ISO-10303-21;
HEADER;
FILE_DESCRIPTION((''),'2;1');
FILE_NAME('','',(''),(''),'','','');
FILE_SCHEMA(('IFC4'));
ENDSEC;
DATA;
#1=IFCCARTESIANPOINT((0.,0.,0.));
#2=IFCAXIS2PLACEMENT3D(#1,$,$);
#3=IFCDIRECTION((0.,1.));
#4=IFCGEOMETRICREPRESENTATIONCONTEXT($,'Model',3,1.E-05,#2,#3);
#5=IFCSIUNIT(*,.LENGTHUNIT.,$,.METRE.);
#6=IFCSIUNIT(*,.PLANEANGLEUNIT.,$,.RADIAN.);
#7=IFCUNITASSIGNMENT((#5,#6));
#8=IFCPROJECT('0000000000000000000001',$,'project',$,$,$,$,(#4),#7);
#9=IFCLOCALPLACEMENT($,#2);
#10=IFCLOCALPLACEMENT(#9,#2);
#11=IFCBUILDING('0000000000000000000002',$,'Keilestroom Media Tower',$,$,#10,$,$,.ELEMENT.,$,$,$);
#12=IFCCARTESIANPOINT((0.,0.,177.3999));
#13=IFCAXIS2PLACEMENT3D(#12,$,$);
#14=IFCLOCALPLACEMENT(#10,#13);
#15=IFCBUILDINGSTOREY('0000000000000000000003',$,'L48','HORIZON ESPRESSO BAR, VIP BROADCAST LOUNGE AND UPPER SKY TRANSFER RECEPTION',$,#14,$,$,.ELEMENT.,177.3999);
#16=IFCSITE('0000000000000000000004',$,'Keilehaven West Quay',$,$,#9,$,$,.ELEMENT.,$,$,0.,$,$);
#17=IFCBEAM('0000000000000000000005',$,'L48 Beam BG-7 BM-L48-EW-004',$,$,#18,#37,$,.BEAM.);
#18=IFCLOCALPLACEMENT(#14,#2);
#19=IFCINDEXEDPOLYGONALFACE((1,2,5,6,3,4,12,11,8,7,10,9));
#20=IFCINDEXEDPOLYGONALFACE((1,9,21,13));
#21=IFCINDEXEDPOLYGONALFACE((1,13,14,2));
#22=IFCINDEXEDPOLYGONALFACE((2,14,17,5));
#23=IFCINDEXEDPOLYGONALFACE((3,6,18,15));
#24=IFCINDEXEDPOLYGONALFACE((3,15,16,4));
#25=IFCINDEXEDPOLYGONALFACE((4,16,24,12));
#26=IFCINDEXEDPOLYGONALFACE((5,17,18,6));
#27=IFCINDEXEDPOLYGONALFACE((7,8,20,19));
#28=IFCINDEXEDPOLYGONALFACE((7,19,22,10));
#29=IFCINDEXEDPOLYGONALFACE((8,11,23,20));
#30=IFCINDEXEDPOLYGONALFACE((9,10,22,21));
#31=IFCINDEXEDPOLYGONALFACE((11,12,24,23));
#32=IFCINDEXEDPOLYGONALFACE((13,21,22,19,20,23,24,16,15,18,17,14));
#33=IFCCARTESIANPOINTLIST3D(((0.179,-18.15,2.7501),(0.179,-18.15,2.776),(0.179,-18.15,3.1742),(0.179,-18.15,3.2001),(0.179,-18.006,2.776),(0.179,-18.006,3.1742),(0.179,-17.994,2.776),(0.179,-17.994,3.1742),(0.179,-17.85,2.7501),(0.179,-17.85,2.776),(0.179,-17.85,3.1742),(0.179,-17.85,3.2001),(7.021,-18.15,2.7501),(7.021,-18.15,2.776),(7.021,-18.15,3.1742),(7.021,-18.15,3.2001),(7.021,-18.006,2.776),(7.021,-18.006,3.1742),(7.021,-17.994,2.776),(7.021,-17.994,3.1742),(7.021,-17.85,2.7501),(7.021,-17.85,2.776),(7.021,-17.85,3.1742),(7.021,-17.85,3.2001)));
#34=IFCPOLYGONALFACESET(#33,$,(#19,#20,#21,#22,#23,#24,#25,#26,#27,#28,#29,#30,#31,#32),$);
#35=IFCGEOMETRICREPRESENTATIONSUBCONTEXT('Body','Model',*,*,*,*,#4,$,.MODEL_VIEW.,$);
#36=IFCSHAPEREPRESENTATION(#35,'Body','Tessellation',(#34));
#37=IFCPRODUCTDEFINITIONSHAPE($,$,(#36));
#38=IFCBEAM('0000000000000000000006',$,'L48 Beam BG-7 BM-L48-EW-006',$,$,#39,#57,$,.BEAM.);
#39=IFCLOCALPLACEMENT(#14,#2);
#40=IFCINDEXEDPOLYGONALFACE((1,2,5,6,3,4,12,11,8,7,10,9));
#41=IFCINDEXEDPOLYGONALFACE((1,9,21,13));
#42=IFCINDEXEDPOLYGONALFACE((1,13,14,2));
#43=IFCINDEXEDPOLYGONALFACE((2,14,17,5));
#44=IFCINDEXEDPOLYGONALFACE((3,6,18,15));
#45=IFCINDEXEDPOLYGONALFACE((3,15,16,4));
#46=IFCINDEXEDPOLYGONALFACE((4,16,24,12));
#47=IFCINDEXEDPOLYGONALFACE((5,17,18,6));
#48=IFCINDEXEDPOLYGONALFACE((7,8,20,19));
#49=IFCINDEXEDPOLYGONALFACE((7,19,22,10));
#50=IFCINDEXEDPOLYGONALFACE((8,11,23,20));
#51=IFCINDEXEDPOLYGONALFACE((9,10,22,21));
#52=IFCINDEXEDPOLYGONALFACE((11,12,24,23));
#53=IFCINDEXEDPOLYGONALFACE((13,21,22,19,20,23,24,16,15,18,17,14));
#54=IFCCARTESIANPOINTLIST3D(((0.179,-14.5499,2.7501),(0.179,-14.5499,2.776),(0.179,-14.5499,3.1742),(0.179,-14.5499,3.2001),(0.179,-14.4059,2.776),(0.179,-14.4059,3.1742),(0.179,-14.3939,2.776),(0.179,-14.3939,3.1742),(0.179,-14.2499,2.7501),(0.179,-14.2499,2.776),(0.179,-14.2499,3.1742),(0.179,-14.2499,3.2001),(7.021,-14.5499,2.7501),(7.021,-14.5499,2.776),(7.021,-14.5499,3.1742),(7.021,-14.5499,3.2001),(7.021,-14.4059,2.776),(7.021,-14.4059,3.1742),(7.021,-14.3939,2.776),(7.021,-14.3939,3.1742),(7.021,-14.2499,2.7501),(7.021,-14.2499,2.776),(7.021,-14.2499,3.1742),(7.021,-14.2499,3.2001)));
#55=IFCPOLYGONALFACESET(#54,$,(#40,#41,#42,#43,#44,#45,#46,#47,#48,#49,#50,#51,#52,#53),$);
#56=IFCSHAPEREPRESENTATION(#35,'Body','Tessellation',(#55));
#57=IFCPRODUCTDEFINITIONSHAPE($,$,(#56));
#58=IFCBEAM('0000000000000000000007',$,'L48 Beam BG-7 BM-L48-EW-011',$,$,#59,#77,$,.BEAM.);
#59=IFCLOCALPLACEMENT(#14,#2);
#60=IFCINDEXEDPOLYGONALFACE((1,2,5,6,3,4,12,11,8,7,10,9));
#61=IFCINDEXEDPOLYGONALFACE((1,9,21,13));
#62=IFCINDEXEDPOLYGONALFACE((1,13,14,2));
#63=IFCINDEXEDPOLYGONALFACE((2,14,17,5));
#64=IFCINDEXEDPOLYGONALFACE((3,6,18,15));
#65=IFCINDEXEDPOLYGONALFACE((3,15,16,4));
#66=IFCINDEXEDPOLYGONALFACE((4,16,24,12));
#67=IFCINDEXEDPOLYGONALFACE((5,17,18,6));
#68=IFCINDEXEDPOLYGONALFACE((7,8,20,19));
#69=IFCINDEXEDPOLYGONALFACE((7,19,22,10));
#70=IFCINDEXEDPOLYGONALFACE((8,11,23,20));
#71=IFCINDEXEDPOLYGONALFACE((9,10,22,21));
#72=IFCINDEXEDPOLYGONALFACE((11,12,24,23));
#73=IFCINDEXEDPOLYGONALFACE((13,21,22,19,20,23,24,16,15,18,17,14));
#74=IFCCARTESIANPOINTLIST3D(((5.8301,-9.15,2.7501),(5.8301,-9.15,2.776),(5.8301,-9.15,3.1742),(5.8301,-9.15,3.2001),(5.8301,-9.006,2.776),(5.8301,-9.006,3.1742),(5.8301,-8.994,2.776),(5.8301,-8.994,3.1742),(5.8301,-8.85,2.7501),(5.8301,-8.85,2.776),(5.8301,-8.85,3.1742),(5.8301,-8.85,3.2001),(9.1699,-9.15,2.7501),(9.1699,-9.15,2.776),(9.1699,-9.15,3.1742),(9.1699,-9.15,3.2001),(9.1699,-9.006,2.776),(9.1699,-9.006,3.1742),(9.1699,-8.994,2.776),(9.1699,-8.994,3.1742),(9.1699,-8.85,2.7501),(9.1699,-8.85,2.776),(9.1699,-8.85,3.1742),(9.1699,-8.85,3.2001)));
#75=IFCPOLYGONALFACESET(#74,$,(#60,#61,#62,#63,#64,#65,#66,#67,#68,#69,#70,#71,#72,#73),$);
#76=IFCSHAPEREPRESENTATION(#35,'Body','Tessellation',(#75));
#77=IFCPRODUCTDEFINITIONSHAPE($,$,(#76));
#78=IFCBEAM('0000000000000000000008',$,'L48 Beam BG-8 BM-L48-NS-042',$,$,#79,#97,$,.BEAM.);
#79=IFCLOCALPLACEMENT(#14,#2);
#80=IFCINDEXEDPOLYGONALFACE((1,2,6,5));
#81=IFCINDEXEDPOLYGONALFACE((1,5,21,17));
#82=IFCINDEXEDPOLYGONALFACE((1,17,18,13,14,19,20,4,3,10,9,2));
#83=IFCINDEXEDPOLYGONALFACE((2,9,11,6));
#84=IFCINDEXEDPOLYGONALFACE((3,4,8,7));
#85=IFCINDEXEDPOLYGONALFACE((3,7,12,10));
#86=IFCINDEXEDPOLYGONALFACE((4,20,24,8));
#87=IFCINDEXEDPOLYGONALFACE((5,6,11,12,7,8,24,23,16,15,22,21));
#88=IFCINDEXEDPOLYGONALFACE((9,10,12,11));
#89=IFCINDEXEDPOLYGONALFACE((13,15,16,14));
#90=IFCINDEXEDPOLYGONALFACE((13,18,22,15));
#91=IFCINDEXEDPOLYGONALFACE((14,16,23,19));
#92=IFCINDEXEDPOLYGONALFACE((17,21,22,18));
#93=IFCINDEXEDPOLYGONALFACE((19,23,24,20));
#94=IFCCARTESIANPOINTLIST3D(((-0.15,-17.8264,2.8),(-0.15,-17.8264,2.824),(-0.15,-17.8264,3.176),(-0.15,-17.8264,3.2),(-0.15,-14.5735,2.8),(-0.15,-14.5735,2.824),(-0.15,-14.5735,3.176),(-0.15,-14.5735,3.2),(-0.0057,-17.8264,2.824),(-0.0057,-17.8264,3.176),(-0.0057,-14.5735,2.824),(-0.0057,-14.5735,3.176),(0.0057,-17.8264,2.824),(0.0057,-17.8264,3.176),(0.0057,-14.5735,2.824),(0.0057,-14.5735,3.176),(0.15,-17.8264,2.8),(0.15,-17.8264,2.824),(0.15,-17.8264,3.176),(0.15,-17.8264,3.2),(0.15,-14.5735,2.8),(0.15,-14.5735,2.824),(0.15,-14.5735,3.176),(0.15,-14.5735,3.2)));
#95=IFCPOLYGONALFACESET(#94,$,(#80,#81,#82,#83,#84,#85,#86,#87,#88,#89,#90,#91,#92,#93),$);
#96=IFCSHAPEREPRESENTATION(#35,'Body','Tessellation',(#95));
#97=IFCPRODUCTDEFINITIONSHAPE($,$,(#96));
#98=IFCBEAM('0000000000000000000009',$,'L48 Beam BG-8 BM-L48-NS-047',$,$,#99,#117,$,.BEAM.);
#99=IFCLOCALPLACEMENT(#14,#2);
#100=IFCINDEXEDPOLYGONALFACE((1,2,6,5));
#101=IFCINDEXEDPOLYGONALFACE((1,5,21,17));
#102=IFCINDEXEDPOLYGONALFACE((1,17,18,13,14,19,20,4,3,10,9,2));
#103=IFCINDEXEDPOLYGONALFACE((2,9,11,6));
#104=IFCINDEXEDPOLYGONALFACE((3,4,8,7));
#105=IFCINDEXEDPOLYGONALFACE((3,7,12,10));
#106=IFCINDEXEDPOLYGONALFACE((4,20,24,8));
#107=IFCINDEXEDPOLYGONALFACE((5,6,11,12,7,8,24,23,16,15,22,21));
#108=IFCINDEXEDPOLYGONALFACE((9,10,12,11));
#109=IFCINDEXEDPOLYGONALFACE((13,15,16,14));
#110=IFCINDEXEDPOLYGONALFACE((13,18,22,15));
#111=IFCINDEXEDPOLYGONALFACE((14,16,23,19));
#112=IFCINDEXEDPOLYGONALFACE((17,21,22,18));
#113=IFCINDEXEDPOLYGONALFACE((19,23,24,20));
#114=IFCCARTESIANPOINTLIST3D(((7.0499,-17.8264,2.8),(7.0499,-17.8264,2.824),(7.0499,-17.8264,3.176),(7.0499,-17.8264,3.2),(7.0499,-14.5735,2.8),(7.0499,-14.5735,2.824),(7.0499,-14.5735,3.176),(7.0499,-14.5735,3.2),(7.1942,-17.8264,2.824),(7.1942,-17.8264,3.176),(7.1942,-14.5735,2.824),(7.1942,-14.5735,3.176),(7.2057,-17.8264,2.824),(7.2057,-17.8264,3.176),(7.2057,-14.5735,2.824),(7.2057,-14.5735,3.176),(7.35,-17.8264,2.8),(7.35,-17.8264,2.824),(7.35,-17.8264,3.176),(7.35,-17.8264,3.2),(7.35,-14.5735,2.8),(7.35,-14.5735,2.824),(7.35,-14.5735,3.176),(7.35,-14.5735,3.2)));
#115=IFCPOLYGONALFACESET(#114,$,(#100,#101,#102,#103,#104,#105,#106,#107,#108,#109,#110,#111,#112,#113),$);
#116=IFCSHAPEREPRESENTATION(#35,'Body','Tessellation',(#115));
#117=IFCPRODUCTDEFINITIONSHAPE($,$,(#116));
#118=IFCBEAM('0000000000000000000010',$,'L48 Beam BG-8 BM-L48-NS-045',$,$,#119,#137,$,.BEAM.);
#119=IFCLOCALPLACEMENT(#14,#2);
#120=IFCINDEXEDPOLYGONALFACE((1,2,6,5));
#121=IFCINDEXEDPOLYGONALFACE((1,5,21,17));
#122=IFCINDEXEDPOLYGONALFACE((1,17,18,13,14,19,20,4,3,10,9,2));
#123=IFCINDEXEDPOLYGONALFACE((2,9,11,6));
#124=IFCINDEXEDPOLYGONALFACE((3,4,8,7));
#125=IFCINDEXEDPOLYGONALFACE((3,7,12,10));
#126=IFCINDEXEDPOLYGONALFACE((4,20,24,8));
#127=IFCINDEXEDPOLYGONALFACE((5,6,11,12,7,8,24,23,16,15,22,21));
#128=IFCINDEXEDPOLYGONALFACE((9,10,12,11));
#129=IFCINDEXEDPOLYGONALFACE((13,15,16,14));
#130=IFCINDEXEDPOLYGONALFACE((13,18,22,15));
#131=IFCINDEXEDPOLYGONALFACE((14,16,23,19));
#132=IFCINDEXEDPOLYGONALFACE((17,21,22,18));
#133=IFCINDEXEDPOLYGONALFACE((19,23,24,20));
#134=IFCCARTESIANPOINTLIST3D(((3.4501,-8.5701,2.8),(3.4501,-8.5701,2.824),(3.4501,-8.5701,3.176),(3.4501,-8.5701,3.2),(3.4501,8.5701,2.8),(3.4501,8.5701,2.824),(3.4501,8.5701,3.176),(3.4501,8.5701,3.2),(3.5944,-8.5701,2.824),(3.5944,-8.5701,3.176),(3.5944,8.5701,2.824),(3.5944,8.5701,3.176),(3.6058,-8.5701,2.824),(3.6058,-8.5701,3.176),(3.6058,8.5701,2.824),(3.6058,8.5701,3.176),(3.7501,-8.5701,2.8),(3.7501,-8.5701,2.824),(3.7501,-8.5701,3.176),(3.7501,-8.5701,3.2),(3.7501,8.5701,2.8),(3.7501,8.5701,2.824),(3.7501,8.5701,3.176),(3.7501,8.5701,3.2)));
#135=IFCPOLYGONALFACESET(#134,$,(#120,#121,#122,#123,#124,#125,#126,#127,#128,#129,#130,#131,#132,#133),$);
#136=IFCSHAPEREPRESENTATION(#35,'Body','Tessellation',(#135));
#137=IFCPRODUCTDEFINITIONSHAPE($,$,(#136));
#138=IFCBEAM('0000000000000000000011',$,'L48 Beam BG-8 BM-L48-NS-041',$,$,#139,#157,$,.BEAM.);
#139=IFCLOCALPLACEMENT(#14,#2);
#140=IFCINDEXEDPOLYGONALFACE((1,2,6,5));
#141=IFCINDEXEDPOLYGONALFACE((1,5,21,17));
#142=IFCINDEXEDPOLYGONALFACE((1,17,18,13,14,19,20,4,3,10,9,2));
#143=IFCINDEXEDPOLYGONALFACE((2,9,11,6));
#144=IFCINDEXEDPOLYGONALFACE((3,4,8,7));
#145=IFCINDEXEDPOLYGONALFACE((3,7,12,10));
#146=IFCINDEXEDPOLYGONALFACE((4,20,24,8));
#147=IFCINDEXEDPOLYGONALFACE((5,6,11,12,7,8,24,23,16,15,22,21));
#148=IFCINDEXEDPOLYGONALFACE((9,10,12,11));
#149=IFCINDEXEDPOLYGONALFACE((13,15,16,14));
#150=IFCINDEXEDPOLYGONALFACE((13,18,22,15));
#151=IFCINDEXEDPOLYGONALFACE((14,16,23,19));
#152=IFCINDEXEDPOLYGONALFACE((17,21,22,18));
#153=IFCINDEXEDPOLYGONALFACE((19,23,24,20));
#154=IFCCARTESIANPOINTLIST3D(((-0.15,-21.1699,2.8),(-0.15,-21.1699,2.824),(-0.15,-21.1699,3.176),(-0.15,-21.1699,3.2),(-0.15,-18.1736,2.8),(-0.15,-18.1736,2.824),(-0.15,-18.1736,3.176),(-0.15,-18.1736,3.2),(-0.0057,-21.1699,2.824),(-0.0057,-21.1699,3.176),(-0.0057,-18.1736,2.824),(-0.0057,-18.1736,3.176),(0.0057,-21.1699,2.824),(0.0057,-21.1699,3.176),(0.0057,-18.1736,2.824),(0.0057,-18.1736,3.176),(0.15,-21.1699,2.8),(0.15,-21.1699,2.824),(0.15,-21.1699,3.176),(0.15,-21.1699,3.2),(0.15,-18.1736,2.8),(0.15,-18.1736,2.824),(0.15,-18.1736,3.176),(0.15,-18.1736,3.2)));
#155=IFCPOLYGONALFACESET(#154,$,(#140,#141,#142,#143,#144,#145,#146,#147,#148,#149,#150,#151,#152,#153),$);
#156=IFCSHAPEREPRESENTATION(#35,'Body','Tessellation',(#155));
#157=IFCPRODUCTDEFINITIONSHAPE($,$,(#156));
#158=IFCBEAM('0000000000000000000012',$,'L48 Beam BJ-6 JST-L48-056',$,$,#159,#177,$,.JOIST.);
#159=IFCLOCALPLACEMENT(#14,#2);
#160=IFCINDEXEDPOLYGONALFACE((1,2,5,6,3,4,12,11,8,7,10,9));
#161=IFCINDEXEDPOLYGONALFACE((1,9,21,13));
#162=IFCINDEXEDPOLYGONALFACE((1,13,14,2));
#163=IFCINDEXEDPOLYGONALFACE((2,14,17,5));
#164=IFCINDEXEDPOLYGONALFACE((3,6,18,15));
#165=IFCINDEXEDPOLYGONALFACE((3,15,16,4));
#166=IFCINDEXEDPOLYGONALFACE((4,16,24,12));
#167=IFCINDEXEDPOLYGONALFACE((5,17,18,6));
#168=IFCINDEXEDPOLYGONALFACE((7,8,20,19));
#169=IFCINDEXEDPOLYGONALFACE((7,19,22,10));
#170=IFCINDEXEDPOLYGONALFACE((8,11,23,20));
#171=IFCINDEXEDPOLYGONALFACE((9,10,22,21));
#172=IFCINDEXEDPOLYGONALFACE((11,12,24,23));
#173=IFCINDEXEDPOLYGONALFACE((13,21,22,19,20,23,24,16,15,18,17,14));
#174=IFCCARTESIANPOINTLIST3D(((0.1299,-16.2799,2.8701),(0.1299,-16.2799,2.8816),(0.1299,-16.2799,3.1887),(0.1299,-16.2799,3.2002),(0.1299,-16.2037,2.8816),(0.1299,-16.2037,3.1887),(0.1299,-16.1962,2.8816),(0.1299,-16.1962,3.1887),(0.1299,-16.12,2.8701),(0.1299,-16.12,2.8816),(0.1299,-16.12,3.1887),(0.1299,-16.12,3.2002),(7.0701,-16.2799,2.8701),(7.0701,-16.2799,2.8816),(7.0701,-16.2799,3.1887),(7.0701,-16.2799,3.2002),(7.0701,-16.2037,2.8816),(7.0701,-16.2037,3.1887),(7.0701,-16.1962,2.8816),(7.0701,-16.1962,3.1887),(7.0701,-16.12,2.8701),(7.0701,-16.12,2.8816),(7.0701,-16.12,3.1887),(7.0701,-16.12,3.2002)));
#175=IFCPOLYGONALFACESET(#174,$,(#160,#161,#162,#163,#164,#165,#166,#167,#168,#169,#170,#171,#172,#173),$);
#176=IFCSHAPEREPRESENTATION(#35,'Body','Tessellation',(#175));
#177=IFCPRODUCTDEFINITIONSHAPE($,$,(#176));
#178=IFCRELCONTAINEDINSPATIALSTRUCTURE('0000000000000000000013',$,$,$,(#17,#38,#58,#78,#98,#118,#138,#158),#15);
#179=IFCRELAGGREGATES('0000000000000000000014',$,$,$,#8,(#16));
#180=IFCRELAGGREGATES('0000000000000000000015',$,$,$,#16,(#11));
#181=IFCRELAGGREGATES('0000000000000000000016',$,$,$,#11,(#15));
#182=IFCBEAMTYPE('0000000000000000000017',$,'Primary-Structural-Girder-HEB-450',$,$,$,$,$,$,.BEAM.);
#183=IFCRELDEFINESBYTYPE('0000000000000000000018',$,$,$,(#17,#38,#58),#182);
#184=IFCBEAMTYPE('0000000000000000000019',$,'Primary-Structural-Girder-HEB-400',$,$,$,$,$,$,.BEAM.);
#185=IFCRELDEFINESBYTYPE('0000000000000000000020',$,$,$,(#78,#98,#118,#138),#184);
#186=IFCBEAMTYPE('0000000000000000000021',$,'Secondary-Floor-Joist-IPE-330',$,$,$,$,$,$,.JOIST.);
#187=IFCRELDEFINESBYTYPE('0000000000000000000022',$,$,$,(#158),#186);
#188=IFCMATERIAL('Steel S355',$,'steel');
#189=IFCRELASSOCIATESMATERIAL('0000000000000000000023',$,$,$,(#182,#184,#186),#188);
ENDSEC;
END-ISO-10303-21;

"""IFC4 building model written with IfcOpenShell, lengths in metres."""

from ifc_helpers import new_model, si_unit, direction, frame, origin, origin_2d, place, context, subcontext, project, spatial, i_section, extrude, source, transform, mapped, material, material_profile, profile_set, type_object, element, save


model = new_model("IFC4")

# Units and contexts
model_context = context("Model", 3, precision=1e-05, world=origin(), true_north=direction((0.0, 1.0)))
body_context = subcontext(model_context, "Body", "Model", "MODEL_VIEW")
ifc_project = project(units=[si_unit("LENGTHUNIT", "METRE"), si_unit("PLANEANGLEUNIT", "RADIAN")], contexts=[model_context])

# Site, building, storey
site_placement = place(None, origin())
site = spatial("IfcSite", under=ifc_project, at=site_placement, Name="Keilehaven West Quay", CompositionType="ELEMENT", RefElevation=0.0)
building_placement = place(site_placement, origin())
building = spatial("IfcBuilding", under=site, at=building_placement, Name="Keilestroom Media Tower", CompositionType="ELEMENT")
storey_placement = place(building_placement, frame((0.0, 0.0, 177.3999)))
storey = spatial("IfcBuildingStorey", under=building, at=storey_placement, Name="L48", Description="HORIZON ESPRESSO BAR, VIP BROADCAST LOUNGE AND UPPER SKY TRANSFER RECEPTION", CompositionType="ELEMENT", Elevation=177.3999)

# Shared definitions
ifc_material_1 = material(Name="Steel S355", Category="steel")

# Beams
ifc_material_profile_1 = material_profile(ifc_material_1, i_section(OverallWidth=0.3, OverallDepth=0.45, WebThickness=0.012, FlangeThickness=0.0259, at=origin_2d()), Name="HEB 450")
ifc_profile_set_1 = profile_set([ifc_material_profile_1], Name="Steel S355")
beam_type_1 = type_object("IfcBeamType", Name="Primary-Structural-Girder-HEB-450", PredefinedType="BEAM", material=ifc_profile_set_1)
shared_shape_1 = source(origin(), body_context, "Body", "SweptSolid", [
    extrude(i_section(OverallWidth=0.3, OverallDepth=0.45, WebThickness=0.012, FlangeThickness=0.0259, at=origin_2d()), origin(), (0.0, 0.0, 1.0), 6.842),
])
for number, where, z_axis, x_axis, name in (
    (1, (0.179, -18.0, 2.9751), (1.0, 0.0, 0.0), (0.0, 1.0, 0.0), "L48 Beam BG-7 BM-L48-EW-004"),
    (2, (0.179, -14.3999, 2.9751), (1.0, 0.0, 0.0), (0.0, 1.0, 0.0), "L48 Beam BG-7 BM-L48-EW-006"),
):
    element("IfcBeam", number, at=place(storey_placement, frame(where, z_axis=z_axis, x_axis=x_axis)), inside=storey, type_object=beam_type_1, Name=name, PredefinedType="BEAM", context=body_context, shape_type="MappedRepresentation", body=[
        mapped(shared_shape_1, transform((0.0, 0.0, 0.0), x_axis=(1.0, 0.0, 0.0), y_axis=(0.0, 1.0, 0.0), z_axis=(0.0, 0.0, 1.0), scale=1.0)),
    ])
shared_shape_2 = source(origin(), body_context, "Body", "SweptSolid", [
    extrude(i_section(OverallWidth=0.3, OverallDepth=0.45, WebThickness=0.012, FlangeThickness=0.0259, at=origin_2d()), origin(), (0.0, 0.0, 1.0), 3.3398),
])
beam_1_placement = place(storey_placement, frame((5.8301, -9.0, 2.9751), z_axis=(1.0, 0.0, 0.0), x_axis=(0.0, 1.0, 0.0)))
element("IfcBeam", 3, at=beam_1_placement, inside=storey, type_object=beam_type_1, Name="L48 Beam BG-7 BM-L48-EW-011", PredefinedType="BEAM", context=body_context, shape_type="MappedRepresentation", body=[
    mapped(shared_shape_2, transform((0.0, 0.0, 0.0), x_axis=(1.0, 0.0, 0.0), y_axis=(0.0, 1.0, 0.0), z_axis=(0.0, 0.0, 1.0), scale=1.0)),
])
ifc_material_profile_2 = material_profile(ifc_material_1, i_section(OverallWidth=0.3, OverallDepth=0.3999, WebThickness=0.0115, FlangeThickness=0.0239, at=origin_2d()), Name="HEB 400")
ifc_profile_set_2 = profile_set([ifc_material_profile_2], Name="Steel S355")
beam_type_2 = type_object("IfcBeamType", Name="Primary-Structural-Girder-HEB-400", PredefinedType="BEAM", material=ifc_profile_set_2)
shared_shape_3 = source(origin(), body_context, "Body", "SweptSolid", [
    extrude(i_section(OverallWidth=0.3, OverallDepth=0.3999, WebThickness=0.0115, FlangeThickness=0.0239, at=origin_2d()), origin(), (0.0, 0.0, 1.0), 3.2529),
])
for number, where, z_axis, x_axis, name in (
    (4, (0.0, -17.8264, 3.0), (0.0, 1.0, 0.0), (-1.0, 0.0, 0.0), "L48 Beam BG-8 BM-L48-NS-042"),
    (5, (7.2, -17.8264, 3.0), (0.0, 1.0, 0.0), (-1.0, 0.0, 0.0), "L48 Beam BG-8 BM-L48-NS-047"),
):
    element("IfcBeam", number, at=place(storey_placement, frame(where, z_axis=z_axis, x_axis=x_axis)), inside=storey, type_object=beam_type_2, Name=name, PredefinedType="BEAM", context=body_context, shape_type="MappedRepresentation", body=[
        mapped(shared_shape_3, transform((0.0, 0.0, 0.0), x_axis=(1.0, 0.0, 0.0), y_axis=(0.0, 1.0, 0.0), z_axis=(0.0, 0.0, 1.0), scale=1.0)),
    ])
shared_shape_4 = source(origin(), body_context, "Body", "SweptSolid", [
    extrude(i_section(OverallWidth=0.3, OverallDepth=0.3999, WebThickness=0.0115, FlangeThickness=0.0239, at=origin_2d()), origin(), (0.0, 0.0, 1.0), 17.1401),
])
beam_2_placement = place(storey_placement, frame((3.6001, -8.5701, 3.0), z_axis=(0.0, 1.0, 0.0), x_axis=(-1.0, 0.0, 0.0)))
element("IfcBeam", 6, at=beam_2_placement, inside=storey, type_object=beam_type_2, Name="L48 Beam BG-8 BM-L48-NS-045", PredefinedType="BEAM", context=body_context, shape_type="MappedRepresentation", body=[
    mapped(shared_shape_4, transform((0.0, 0.0, 0.0), x_axis=(1.0, 0.0, 0.0), y_axis=(0.0, 1.0, 0.0), z_axis=(0.0, 0.0, 1.0), scale=1.0)),
])
shared_shape_5 = source(origin(), body_context, "Body", "SweptSolid", [
    extrude(i_section(OverallWidth=0.3, OverallDepth=0.3999, WebThickness=0.0115, FlangeThickness=0.0239, at=origin_2d()), origin(), (0.0, 0.0, 1.0), 2.9963),
])
beam_3_placement = place(storey_placement, frame((0.0, -21.1699, 3.0), z_axis=(0.0, 1.0, 0.0), x_axis=(-1.0, 0.0, 0.0)))
element("IfcBeam", 7, at=beam_3_placement, inside=storey, type_object=beam_type_2, Name="L48 Beam BG-8 BM-L48-NS-041", PredefinedType="BEAM", context=body_context, shape_type="MappedRepresentation", body=[
    mapped(shared_shape_5, transform((0.0, 0.0, 0.0), x_axis=(1.0, 0.0, 0.0), y_axis=(0.0, 1.0, 0.0), z_axis=(0.0, 0.0, 1.0), scale=1.0)),
])
ifc_material_profile_3 = material_profile(ifc_material_1, i_section(OverallWidth=0.1599, OverallDepth=0.3301, WebThickness=0.0076, FlangeThickness=0.0115, at=origin_2d()), Name="IPE 330")
ifc_profile_set_3 = profile_set([ifc_material_profile_3], Name="Steel S355")
beam_type_3 = type_object("IfcBeamType", Name="Secondary-Floor-Joist-IPE-330", PredefinedType="JOIST", material=ifc_profile_set_3)
shared_shape_6 = source(origin(), body_context, "Body", "SweptSolid", [
    extrude(i_section(OverallWidth=0.1599, OverallDepth=0.3301, WebThickness=0.0076, FlangeThickness=0.0115, at=origin_2d()), origin(), (0.0, 0.0, 1.0), 6.9402),
])
beam_4_placement = place(storey_placement, frame((0.1299, -16.2, 3.0352), z_axis=(1.0, 0.0, 0.0), x_axis=(0.0, 1.0, 0.0)))
element("IfcBeam", 8, at=beam_4_placement, inside=storey, type_object=beam_type_3, Name="L48 Beam BJ-6 JST-L48-056", PredefinedType="JOIST", context=body_context, shape_type="MappedRepresentation", body=[
    mapped(shared_shape_6, transform((0.0, 0.0, 0.0), x_axis=(1.0, 0.0, 0.0), y_axis=(0.0, 1.0, 0.0), z_axis=(0.0, 0.0, 1.0), scale=1.0)),
])

save(model, "model.ifc")
